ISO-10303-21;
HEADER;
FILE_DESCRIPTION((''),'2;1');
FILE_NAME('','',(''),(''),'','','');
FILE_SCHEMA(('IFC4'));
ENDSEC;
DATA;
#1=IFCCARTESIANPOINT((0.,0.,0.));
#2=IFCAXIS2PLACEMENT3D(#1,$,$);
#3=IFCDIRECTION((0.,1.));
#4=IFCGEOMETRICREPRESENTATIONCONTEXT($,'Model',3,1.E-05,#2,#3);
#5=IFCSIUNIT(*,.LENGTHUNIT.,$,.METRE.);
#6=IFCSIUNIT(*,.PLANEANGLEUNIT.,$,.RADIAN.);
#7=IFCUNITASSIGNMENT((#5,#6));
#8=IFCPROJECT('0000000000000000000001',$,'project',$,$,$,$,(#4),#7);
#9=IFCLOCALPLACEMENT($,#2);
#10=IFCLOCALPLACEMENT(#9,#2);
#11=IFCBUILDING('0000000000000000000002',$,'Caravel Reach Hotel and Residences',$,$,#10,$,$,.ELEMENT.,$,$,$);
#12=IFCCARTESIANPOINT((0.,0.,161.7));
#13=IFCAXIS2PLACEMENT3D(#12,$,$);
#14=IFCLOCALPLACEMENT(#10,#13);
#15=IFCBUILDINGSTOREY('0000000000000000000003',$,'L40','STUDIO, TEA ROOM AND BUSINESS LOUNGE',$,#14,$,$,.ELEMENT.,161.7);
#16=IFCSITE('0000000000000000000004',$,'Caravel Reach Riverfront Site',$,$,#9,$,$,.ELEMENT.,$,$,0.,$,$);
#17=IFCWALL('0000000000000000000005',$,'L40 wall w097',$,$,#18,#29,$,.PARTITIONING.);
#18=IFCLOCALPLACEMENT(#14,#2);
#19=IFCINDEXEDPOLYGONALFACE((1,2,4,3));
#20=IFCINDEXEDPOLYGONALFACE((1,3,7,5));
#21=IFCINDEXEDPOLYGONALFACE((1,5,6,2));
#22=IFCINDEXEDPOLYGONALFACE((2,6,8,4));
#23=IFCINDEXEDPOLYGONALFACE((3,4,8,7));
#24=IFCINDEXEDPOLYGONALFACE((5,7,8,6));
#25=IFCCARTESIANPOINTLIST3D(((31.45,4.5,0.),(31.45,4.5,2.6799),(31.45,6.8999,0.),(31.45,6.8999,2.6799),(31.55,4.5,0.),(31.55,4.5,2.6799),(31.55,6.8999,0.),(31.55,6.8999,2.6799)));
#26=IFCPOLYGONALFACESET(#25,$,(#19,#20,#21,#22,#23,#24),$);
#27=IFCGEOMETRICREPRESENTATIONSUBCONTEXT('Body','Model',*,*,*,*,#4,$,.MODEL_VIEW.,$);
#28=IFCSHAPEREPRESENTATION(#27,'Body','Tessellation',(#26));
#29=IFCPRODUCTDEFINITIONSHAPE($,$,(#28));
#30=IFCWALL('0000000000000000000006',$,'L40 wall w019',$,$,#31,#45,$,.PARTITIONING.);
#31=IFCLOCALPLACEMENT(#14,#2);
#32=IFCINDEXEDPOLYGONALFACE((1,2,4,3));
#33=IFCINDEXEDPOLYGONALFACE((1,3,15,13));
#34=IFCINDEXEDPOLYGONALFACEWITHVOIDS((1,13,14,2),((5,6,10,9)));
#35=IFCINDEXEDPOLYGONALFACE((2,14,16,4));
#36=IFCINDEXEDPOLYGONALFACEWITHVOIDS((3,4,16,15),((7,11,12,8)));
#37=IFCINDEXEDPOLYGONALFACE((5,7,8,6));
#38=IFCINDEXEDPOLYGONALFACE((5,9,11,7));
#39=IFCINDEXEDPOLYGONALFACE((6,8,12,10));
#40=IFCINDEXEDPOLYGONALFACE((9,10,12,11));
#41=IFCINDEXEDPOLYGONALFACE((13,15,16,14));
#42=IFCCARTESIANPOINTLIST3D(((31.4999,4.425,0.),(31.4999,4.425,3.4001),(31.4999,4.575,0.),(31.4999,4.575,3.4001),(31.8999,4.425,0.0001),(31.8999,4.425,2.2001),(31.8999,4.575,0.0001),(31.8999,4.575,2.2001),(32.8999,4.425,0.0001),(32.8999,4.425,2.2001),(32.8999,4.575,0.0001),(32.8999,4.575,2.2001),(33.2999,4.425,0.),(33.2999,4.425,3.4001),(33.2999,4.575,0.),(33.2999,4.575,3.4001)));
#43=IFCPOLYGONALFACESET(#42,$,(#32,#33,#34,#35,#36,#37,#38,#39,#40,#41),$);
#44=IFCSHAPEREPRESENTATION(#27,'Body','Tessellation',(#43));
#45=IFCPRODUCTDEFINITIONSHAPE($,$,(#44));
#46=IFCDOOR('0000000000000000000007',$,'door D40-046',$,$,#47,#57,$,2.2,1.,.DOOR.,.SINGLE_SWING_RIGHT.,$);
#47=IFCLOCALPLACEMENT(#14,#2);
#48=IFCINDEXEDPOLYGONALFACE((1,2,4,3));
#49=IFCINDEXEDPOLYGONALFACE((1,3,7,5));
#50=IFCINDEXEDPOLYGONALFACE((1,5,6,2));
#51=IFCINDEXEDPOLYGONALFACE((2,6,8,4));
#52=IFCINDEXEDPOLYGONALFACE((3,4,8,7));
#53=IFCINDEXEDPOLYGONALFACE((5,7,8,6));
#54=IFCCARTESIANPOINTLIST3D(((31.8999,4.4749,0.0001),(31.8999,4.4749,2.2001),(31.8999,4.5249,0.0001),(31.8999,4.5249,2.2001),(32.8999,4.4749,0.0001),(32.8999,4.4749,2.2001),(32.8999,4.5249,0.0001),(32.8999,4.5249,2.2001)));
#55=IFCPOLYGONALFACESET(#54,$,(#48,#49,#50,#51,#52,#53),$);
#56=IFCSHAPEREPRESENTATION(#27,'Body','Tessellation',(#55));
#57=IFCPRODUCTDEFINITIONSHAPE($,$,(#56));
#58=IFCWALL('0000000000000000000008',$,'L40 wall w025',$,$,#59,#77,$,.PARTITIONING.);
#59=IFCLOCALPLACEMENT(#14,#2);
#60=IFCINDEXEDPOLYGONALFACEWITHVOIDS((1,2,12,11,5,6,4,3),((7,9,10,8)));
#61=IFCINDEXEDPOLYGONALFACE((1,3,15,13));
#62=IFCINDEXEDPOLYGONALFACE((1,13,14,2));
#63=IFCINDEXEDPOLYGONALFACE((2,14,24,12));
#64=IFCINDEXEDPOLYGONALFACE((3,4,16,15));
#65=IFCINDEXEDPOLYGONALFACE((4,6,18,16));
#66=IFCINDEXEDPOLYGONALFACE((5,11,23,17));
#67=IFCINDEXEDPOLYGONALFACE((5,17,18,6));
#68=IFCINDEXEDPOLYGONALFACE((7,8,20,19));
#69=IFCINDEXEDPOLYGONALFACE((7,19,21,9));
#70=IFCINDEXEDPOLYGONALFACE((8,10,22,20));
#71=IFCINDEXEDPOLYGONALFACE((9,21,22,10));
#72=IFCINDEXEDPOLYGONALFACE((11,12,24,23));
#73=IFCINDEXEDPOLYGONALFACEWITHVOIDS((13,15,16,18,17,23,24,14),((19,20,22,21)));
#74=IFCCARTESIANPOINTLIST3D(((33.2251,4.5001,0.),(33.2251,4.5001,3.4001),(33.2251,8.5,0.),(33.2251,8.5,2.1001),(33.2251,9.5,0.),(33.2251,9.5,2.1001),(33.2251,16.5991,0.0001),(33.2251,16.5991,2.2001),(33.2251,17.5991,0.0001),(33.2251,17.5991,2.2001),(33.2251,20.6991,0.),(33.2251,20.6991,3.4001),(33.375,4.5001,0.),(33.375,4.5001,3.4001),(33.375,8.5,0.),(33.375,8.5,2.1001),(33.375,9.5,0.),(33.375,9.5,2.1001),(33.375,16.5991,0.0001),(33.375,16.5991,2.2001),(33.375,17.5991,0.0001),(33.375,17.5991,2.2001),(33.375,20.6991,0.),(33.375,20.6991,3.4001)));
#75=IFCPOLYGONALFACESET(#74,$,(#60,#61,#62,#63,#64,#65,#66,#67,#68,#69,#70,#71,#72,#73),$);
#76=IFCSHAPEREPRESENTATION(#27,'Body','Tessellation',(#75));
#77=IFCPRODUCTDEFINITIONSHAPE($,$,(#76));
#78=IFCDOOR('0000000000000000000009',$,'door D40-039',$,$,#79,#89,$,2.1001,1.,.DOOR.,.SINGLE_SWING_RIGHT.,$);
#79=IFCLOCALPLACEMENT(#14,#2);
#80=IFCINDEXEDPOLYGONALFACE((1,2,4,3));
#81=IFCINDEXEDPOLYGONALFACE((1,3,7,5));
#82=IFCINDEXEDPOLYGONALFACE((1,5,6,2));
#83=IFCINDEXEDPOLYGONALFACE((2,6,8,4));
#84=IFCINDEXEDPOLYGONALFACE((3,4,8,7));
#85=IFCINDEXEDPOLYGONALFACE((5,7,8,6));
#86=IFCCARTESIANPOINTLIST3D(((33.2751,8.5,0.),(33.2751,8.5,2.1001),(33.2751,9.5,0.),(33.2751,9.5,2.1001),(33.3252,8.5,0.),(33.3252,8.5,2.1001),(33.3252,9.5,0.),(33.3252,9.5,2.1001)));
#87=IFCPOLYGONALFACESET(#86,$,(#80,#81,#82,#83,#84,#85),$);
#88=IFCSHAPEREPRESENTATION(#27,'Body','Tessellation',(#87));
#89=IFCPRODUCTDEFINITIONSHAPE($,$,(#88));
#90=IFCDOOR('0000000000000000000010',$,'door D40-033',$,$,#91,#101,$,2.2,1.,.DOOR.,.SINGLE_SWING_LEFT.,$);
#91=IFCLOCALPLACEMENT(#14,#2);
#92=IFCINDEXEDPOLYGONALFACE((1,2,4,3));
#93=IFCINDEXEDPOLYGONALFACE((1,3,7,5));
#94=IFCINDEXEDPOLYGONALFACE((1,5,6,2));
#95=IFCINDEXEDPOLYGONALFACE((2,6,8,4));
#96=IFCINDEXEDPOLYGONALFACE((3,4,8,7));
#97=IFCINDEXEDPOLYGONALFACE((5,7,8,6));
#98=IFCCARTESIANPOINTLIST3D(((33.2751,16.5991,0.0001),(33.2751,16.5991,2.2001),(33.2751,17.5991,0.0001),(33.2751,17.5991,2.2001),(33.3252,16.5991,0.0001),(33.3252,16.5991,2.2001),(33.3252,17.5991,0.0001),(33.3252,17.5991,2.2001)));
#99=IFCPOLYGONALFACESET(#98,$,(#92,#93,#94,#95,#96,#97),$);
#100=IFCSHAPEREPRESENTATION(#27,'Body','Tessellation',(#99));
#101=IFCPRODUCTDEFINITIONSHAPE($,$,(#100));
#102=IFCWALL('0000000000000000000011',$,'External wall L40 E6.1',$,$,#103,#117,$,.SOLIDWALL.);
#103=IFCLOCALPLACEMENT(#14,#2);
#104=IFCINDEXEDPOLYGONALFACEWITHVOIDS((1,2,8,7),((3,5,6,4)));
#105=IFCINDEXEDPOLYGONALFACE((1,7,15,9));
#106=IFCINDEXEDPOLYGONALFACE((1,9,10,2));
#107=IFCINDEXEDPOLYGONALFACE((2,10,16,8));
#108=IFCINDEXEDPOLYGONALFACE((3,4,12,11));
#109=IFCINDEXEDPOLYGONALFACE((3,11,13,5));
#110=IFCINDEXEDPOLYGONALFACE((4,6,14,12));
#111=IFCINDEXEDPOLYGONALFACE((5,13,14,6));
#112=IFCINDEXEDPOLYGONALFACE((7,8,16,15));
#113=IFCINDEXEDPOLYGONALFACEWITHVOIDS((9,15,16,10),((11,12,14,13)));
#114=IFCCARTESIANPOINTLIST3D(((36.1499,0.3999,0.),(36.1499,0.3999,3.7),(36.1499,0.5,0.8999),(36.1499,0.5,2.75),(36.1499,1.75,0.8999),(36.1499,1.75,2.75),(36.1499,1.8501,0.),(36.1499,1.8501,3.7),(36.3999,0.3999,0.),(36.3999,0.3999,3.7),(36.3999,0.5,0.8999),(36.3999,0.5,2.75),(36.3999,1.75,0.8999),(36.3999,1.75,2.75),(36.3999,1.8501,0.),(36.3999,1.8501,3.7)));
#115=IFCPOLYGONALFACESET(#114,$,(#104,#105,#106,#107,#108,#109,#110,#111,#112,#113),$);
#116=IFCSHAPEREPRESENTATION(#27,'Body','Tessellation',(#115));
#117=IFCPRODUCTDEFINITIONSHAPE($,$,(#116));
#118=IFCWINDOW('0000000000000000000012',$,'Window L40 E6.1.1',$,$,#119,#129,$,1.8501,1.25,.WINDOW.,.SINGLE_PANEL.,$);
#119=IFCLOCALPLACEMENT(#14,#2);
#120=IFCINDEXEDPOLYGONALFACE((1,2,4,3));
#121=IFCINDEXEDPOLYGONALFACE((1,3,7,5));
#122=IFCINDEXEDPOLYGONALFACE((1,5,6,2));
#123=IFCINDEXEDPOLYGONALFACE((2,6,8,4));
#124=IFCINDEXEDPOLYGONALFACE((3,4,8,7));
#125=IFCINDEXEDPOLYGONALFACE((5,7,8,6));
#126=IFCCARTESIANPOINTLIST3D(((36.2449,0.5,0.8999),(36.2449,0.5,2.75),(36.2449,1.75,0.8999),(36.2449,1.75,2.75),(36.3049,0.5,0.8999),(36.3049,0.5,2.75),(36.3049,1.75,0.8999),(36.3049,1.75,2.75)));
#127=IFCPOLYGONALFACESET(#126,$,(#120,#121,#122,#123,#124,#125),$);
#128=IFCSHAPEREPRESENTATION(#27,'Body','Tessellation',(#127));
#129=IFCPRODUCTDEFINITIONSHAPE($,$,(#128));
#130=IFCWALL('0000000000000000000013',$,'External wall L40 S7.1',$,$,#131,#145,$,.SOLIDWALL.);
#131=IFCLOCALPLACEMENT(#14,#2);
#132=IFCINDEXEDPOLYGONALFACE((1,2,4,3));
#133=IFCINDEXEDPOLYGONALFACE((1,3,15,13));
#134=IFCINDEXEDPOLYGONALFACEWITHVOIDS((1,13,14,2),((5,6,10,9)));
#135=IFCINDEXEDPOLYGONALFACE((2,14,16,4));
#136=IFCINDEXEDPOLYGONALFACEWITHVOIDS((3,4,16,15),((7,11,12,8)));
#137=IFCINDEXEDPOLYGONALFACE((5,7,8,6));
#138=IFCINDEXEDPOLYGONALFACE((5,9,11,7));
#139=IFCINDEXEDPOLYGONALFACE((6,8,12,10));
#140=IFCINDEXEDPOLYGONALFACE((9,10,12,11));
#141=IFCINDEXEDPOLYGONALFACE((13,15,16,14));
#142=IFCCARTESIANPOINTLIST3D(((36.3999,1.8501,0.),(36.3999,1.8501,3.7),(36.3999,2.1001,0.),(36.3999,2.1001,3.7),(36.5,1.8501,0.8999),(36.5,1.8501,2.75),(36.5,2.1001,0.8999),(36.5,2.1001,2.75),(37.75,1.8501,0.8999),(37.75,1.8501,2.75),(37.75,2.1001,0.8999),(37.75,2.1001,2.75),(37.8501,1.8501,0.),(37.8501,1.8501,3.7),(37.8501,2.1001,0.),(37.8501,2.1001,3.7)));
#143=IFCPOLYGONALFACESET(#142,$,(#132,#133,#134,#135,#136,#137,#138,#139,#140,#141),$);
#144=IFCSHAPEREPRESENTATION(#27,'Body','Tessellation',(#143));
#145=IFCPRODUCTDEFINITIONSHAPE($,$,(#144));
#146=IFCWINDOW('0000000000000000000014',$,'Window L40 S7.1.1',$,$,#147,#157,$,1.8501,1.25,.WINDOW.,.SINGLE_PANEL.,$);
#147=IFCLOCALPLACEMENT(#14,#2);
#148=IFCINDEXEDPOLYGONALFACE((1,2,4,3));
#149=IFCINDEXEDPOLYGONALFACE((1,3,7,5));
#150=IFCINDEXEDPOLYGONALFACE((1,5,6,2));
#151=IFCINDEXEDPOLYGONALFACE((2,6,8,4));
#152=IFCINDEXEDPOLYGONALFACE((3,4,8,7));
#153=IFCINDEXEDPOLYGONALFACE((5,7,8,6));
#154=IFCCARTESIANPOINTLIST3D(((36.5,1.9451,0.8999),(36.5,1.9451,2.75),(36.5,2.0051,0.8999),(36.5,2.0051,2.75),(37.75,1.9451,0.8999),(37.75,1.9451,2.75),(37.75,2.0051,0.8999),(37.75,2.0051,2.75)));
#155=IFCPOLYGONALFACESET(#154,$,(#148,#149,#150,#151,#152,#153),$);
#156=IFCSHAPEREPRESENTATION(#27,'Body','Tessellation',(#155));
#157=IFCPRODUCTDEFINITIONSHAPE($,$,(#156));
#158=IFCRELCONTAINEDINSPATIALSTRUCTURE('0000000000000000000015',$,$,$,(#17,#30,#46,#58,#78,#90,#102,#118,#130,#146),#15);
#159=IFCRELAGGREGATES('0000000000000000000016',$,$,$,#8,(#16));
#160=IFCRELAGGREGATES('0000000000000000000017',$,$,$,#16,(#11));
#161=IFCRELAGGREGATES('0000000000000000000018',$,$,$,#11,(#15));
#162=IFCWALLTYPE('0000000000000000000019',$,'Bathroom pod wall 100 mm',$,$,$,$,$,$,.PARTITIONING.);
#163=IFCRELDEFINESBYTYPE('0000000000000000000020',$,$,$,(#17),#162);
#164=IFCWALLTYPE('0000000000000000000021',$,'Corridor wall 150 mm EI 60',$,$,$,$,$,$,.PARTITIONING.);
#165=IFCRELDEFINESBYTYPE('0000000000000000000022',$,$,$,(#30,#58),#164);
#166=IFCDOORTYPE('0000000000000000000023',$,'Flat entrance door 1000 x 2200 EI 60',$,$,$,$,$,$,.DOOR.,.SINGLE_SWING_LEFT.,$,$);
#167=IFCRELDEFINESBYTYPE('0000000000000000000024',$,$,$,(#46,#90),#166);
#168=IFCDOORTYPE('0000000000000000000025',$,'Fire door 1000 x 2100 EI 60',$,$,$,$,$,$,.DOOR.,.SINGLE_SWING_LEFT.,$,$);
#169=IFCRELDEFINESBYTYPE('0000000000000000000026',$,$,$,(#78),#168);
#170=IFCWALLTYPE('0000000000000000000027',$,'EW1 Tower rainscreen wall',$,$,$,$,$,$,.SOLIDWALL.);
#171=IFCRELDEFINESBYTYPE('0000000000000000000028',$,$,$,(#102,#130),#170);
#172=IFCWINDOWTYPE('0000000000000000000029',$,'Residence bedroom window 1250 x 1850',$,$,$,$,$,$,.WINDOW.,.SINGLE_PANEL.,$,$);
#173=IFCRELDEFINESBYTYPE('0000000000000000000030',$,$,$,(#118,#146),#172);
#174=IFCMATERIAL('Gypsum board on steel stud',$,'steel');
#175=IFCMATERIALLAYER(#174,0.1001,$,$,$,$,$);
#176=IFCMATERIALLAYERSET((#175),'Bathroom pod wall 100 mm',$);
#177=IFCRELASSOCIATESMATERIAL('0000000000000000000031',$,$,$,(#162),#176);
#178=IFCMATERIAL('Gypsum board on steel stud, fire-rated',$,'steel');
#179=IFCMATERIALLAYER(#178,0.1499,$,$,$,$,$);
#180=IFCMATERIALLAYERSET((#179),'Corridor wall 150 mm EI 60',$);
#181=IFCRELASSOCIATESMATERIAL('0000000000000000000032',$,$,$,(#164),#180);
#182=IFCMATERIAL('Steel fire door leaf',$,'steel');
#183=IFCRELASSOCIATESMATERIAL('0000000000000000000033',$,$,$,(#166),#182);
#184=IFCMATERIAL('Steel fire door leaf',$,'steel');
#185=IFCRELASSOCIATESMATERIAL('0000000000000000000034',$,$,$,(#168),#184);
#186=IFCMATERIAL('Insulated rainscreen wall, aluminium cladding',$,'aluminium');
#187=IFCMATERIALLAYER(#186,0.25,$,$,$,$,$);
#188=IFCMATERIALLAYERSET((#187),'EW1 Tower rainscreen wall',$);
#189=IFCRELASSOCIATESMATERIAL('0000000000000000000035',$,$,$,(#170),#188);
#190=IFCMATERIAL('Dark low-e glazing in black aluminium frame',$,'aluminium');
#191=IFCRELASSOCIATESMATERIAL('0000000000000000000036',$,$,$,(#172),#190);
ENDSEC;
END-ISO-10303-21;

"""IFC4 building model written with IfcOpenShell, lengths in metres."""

from ifc_helpers import new_model, si_unit, direction, frame, frame_2d, origin, place, context, subcontext, project, spatial, rectangle, extrude, material, layer, layer_set, type_object, element, fill, save


model = new_model("IFC4")

# Units and contexts
model_context = context("Model", 3, precision=1e-05, world=origin(), true_north=direction((0.0, 1.0)))
body_context = subcontext(model_context, "Body", "Model", "MODEL_VIEW")
ifc_project = project(units=[si_unit("LENGTHUNIT", "METRE"), si_unit("PLANEANGLEUNIT", "RADIAN")], contexts=[model_context])

# Site, building, storey
site_placement = place(None, origin())
site = spatial("IfcSite", under=ifc_project, at=site_placement, Name="Caravel Reach Riverfront Site", CompositionType="ELEMENT", RefElevation=0.0)
building_placement = place(site_placement, origin())
building = spatial("IfcBuilding", under=site, at=building_placement, Name="Caravel Reach Hotel and Residences", CompositionType="ELEMENT")
storey_placement = place(building_placement, frame((0.0, 0.0, 161.7)))
storey = spatial("IfcBuildingStorey", under=building, at=storey_placement, Name="L40", Description="STUDIO, TEA ROOM AND BUSINESS LOUNGE", CompositionType="ELEMENT", Elevation=161.7)

# Wall
ifc_material_1 = material(Name="Gypsum board on steel stud", Category="steel")
ifc_layer_1 = layer(ifc_material_1, 0.1001)
ifc_layer_set_1 = layer_set([ifc_layer_1], Name="Bathroom pod wall 100 mm")
wall_type_1 = type_object("IfcWallType", Name="Bathroom pod wall 100 mm", PredefinedType="PARTITIONING", material=ifc_layer_set_1)
wall_1_placement = place(storey_placement, frame((31.5, 4.5, 0.0), z_axis=(0.0, 0.0, 1.0), x_axis=(0.0, 1.0, 0.0)))
element("IfcWall", 1, at=wall_1_placement, inside=storey, type_object=wall_type_1, Name="L40 wall w097", PredefinedType="PARTITIONING", context=body_context, shape_type="SweptSolid", body=[
    extrude(rectangle(XDim=2.3999, YDim=0.1001, at=frame_2d((1.2, 0.0))), origin(), (0.0, 0.0, 1.0), 2.6799),
])

# Wall, opening, door
ifc_material_2 = material(Name="Gypsum board on steel stud, fire-rated", Category="steel")
ifc_layer_2 = layer(ifc_material_2, 0.1499)
ifc_layer_set_2 = layer_set([ifc_layer_2], Name="Corridor wall 150 mm EI 60")
wall_type_2 = type_object("IfcWallType", Name="Corridor wall 150 mm EI 60", PredefinedType="PARTITIONING", material=ifc_layer_set_2)
wall_2_placement = place(storey_placement, frame((31.5, 4.5, 0.0), z_axis=(0.0, 0.0, 1.0), x_axis=(1.0, 0.0, 0.0)))
wall_2 = element("IfcWall", 2, at=wall_2_placement, inside=storey, type_object=wall_type_2, Name="L40 wall w019", PredefinedType="PARTITIONING", context=body_context, shape_type="SweptSolid", body=[
    extrude(rectangle(XDim=1.8, YDim=0.1499, at=frame_2d((0.8999, 0.0))), origin(), (0.0, 0.0, 1.0), 3.4001),
])
opening_1_placement = place(wall_2_placement, frame((0.3999, 0.0, 0.0)))
opening_1 = element("IfcOpeningElement", 3, at=opening_1_placement, cuts=wall_2, PredefinedType="OPENING", context=body_context, shape_type="SweptSolid", body=[
    extrude(rectangle(XDim=1.0, YDim=2.2, at=frame_2d((0.5, 1.1001))), frame((0.0, 0.085, 0.0), z_axis=(0.0, -1.0, 0.0), x_axis=(1.0, 0.0, 0.0)), (0.0, 0.0, 1.0), 0.1699),
])
ifc_material_3 = material(Name="Steel fire door leaf", Category="steel")
door_type_1 = type_object("IfcDoorType", Name="Flat entrance door 1000 x 2200 EI 60", OperationType="SINGLE_SWING_LEFT", PredefinedType="DOOR", material=ifc_material_3)
door_1_placement = place(opening_1_placement, origin())
door_1 = element("IfcDoor", 4, at=door_1_placement, inside=storey, type_object=door_type_1, Name="door D40-046", OperationType="SINGLE_SWING_RIGHT", OverallHeight=2.2, OverallWidth=1.0, PredefinedType="DOOR", context=body_context, shape_type="SweptSolid", body=[
    extrude(rectangle(XDim=1.0, YDim=2.2, at=frame_2d((0.5, 1.1001))), frame((0.0, 0.0249, 0.0), z_axis=(0.0, -1.0, 0.0), x_axis=(1.0, 0.0, 0.0)), (0.0, 0.0, 1.0), 0.05),
])
fill(opening_1, door_1)

# Wall, openings, doors
wall_3_placement = place(storey_placement, frame((33.3, 4.5, 0.0), z_axis=(0.0, 0.0, 1.0), x_axis=(0.0, 1.0, 0.0)))
wall_3 = element("IfcWall", 5, at=wall_3_placement, inside=storey, type_object=wall_type_2, Name="L40 wall w025", PredefinedType="PARTITIONING", context=body_context, shape_type="SweptSolid", body=[
    extrude(rectangle(XDim=16.199, YDim=0.1499, at=frame_2d((8.0996, 0.0))), origin(), (0.0, 0.0, 1.0), 3.4001),
])
opening_2_placement = place(wall_3_placement, frame((12.0991, 0.0, 0.0)))
opening_2 = element("IfcOpeningElement", 6, at=opening_2_placement, cuts=wall_3, PredefinedType="OPENING", context=body_context, shape_type="SweptSolid", body=[
    extrude(rectangle(XDim=1.0, YDim=2.2, at=frame_2d((0.5, 1.1001))), frame((0.0, 0.085, 0.0), z_axis=(0.0, -1.0, 0.0), x_axis=(1.0, 0.0, 0.0)), (0.0, 0.0, 1.0), 0.1699),
])
opening_3_placement = place(wall_3_placement, frame((4.0, 0.0, 0.0)))
opening_3 = element("IfcOpeningElement", 7, at=opening_3_placement, cuts=wall_3, PredefinedType="OPENING", context=body_context, shape_type="SweptSolid", body=[
    extrude(rectangle(XDim=1.0, YDim=2.1001, at=frame_2d((0.5, 1.05))), frame((0.0, 0.085, 0.0), z_axis=(0.0, -1.0, 0.0), x_axis=(1.0, 0.0, 0.0)), (0.0, 0.0, 1.0), 0.1699),
])
ifc_material_4 = material(Name="Steel fire door leaf", Category="steel")
door_type_2 = type_object("IfcDoorType", Name="Fire door 1000 x 2100 EI 60", OperationType="SINGLE_SWING_LEFT", PredefinedType="DOOR", material=ifc_material_4)
door_2_placement = place(opening_3_placement, origin())
door_2 = element("IfcDoor", 8, at=door_2_placement, inside=storey, type_object=door_type_2, Name="door D40-039", OperationType="SINGLE_SWING_RIGHT", OverallHeight=2.1001, OverallWidth=1.0, PredefinedType="DOOR", context=body_context, shape_type="SweptSolid", body=[
    extrude(rectangle(XDim=1.0, YDim=2.1001, at=frame_2d((0.5, 1.05))), frame((0.0, 0.0249, 0.0), z_axis=(0.0, -1.0, 0.0), x_axis=(1.0, 0.0, 0.0)), (0.0, 0.0, 1.0), 0.05),
])
fill(opening_3, door_2)
door_3_placement = place(opening_2_placement, origin())
door_3 = element("IfcDoor", 9, at=door_3_placement, inside=storey, type_object=door_type_1, Name="door D40-033", OperationType="SINGLE_SWING_LEFT", OverallHeight=2.2, OverallWidth=1.0, PredefinedType="DOOR", context=body_context, shape_type="SweptSolid", body=[
    extrude(rectangle(XDim=1.0, YDim=2.2, at=frame_2d((0.5, 1.1001))), frame((0.0, 0.0249, 0.0), z_axis=(0.0, -1.0, 0.0), x_axis=(1.0, 0.0, 0.0)), (0.0, 0.0, 1.0), 0.05),
])
fill(opening_2, door_3)

# Walls, openings, windows
ifc_material_5 = material(Name="Insulated rainscreen wall, aluminium cladding", Category="aluminium")
ifc_layer_3 = layer(ifc_material_5, 0.25)
ifc_layer_set_3 = layer_set([ifc_layer_3], Name="EW1 Tower rainscreen wall")
wall_type_3 = type_object("IfcWallType", Name="EW1 Tower rainscreen wall", PredefinedType="SOLIDWALL", material=ifc_layer_set_3)
wall_4_placement = place(storey_placement, frame((36.2749, 0.3999, 0.0), z_axis=(0.0, 0.0, 1.0), x_axis=(0.0, 1.0, 0.0)))
wall_4 = element("IfcWall", 10, at=wall_4_placement, inside=storey, type_object=wall_type_3, Name="External wall L40 E6.1", PredefinedType="SOLIDWALL", context=body_context, shape_type="SweptSolid", body=[
    extrude(rectangle(XDim=1.4502, YDim=0.25, at=frame_2d((0.7251, 0.0))), origin(), (0.0, 0.0, 1.0), 3.7),
])
opening_4_placement = place(wall_4_placement, frame((0.1001, 0.0, 0.8999)))
opening_4 = element("IfcOpeningElement", 11, at=opening_4_placement, cuts=wall_4, PredefinedType="OPENING", context=body_context, shape_type="SweptSolid", body=[
    extrude(rectangle(XDim=1.25, YDim=1.8501, at=frame_2d((0.625, 0.925))), frame((0.0, 0.135, 0.0), z_axis=(0.0, -1.0, 0.0), x_axis=(1.0, 0.0, 0.0)), (0.0, 0.0, 1.0), 0.27),
])
ifc_material_6 = material(Name="Dark low-e glazing in black aluminium frame", Category="aluminium")
window_type_1 = type_object("IfcWindowType", Name="Residence bedroom window 1250 x 1850", PartitioningType="SINGLE_PANEL", PredefinedType="WINDOW", material=ifc_material_6)
window_1_placement = place(opening_4_placement, origin())
window_1 = element("IfcWindow", 12, at=window_1_placement, inside=storey, type_object=window_type_1, Name="Window L40 E6.1.1", OverallHeight=1.8501, OverallWidth=1.25, PartitioningType="SINGLE_PANEL", PredefinedType="WINDOW", context=body_context, shape_type="SweptSolid", body=[
    extrude(rectangle(XDim=1.25, YDim=1.8501, at=frame_2d((0.625, 0.925))), frame((0.0, 0.03, 0.0), z_axis=(0.0, -1.0, 0.0), x_axis=(1.0, 0.0, 0.0)), (0.0, 0.0, 1.0), 0.0601),
])
fill(opening_4, window_1)
wall_5_placement = place(storey_placement, frame((36.3999, 1.9751, 0.0), z_axis=(0.0, 0.0, 1.0), x_axis=(1.0, 0.0, 0.0)))
wall_5 = element("IfcWall", 13, at=wall_5_placement, inside=storey, type_object=wall_type_3, Name="External wall L40 S7.1", PredefinedType="SOLIDWALL", context=body_context, shape_type="SweptSolid", body=[
    extrude(rectangle(XDim=1.4502, YDim=0.25, at=frame_2d((0.7251, 0.0))), origin(), (0.0, 0.0, 1.0), 3.7),
])
opening_5_placement = place(wall_5_placement, frame((0.1001, 0.0, 0.8999)))
opening_5 = element("IfcOpeningElement", 14, at=opening_5_placement, cuts=wall_5, PredefinedType="OPENING", context=body_context, shape_type="SweptSolid", body=[
    extrude(rectangle(XDim=1.25, YDim=1.8501, at=frame_2d((0.625, 0.925))), frame((0.0, 0.135, 0.0), z_axis=(0.0, -1.0, 0.0), x_axis=(1.0, 0.0, 0.0)), (0.0, 0.0, 1.0), 0.27),
])
window_2_placement = place(opening_5_placement, origin())
window_2 = element("IfcWindow", 15, at=window_2_placement, inside=storey, type_object=window_type_1, Name="Window L40 S7.1.1", OverallHeight=1.8501, OverallWidth=1.25, PartitioningType="SINGLE_PANEL", PredefinedType="WINDOW", context=body_context, shape_type="SweptSolid", body=[
    extrude(rectangle(XDim=1.25, YDim=1.8501, at=frame_2d((0.625, 0.925))), frame((0.0, 0.03, 0.0), z_axis=(0.0, -1.0, 0.0), x_axis=(1.0, 0.0, 0.0)), (0.0, 0.0, 1.0), 0.0601),
])
fill(opening_5, window_2)

save(model, "model.ifc")
